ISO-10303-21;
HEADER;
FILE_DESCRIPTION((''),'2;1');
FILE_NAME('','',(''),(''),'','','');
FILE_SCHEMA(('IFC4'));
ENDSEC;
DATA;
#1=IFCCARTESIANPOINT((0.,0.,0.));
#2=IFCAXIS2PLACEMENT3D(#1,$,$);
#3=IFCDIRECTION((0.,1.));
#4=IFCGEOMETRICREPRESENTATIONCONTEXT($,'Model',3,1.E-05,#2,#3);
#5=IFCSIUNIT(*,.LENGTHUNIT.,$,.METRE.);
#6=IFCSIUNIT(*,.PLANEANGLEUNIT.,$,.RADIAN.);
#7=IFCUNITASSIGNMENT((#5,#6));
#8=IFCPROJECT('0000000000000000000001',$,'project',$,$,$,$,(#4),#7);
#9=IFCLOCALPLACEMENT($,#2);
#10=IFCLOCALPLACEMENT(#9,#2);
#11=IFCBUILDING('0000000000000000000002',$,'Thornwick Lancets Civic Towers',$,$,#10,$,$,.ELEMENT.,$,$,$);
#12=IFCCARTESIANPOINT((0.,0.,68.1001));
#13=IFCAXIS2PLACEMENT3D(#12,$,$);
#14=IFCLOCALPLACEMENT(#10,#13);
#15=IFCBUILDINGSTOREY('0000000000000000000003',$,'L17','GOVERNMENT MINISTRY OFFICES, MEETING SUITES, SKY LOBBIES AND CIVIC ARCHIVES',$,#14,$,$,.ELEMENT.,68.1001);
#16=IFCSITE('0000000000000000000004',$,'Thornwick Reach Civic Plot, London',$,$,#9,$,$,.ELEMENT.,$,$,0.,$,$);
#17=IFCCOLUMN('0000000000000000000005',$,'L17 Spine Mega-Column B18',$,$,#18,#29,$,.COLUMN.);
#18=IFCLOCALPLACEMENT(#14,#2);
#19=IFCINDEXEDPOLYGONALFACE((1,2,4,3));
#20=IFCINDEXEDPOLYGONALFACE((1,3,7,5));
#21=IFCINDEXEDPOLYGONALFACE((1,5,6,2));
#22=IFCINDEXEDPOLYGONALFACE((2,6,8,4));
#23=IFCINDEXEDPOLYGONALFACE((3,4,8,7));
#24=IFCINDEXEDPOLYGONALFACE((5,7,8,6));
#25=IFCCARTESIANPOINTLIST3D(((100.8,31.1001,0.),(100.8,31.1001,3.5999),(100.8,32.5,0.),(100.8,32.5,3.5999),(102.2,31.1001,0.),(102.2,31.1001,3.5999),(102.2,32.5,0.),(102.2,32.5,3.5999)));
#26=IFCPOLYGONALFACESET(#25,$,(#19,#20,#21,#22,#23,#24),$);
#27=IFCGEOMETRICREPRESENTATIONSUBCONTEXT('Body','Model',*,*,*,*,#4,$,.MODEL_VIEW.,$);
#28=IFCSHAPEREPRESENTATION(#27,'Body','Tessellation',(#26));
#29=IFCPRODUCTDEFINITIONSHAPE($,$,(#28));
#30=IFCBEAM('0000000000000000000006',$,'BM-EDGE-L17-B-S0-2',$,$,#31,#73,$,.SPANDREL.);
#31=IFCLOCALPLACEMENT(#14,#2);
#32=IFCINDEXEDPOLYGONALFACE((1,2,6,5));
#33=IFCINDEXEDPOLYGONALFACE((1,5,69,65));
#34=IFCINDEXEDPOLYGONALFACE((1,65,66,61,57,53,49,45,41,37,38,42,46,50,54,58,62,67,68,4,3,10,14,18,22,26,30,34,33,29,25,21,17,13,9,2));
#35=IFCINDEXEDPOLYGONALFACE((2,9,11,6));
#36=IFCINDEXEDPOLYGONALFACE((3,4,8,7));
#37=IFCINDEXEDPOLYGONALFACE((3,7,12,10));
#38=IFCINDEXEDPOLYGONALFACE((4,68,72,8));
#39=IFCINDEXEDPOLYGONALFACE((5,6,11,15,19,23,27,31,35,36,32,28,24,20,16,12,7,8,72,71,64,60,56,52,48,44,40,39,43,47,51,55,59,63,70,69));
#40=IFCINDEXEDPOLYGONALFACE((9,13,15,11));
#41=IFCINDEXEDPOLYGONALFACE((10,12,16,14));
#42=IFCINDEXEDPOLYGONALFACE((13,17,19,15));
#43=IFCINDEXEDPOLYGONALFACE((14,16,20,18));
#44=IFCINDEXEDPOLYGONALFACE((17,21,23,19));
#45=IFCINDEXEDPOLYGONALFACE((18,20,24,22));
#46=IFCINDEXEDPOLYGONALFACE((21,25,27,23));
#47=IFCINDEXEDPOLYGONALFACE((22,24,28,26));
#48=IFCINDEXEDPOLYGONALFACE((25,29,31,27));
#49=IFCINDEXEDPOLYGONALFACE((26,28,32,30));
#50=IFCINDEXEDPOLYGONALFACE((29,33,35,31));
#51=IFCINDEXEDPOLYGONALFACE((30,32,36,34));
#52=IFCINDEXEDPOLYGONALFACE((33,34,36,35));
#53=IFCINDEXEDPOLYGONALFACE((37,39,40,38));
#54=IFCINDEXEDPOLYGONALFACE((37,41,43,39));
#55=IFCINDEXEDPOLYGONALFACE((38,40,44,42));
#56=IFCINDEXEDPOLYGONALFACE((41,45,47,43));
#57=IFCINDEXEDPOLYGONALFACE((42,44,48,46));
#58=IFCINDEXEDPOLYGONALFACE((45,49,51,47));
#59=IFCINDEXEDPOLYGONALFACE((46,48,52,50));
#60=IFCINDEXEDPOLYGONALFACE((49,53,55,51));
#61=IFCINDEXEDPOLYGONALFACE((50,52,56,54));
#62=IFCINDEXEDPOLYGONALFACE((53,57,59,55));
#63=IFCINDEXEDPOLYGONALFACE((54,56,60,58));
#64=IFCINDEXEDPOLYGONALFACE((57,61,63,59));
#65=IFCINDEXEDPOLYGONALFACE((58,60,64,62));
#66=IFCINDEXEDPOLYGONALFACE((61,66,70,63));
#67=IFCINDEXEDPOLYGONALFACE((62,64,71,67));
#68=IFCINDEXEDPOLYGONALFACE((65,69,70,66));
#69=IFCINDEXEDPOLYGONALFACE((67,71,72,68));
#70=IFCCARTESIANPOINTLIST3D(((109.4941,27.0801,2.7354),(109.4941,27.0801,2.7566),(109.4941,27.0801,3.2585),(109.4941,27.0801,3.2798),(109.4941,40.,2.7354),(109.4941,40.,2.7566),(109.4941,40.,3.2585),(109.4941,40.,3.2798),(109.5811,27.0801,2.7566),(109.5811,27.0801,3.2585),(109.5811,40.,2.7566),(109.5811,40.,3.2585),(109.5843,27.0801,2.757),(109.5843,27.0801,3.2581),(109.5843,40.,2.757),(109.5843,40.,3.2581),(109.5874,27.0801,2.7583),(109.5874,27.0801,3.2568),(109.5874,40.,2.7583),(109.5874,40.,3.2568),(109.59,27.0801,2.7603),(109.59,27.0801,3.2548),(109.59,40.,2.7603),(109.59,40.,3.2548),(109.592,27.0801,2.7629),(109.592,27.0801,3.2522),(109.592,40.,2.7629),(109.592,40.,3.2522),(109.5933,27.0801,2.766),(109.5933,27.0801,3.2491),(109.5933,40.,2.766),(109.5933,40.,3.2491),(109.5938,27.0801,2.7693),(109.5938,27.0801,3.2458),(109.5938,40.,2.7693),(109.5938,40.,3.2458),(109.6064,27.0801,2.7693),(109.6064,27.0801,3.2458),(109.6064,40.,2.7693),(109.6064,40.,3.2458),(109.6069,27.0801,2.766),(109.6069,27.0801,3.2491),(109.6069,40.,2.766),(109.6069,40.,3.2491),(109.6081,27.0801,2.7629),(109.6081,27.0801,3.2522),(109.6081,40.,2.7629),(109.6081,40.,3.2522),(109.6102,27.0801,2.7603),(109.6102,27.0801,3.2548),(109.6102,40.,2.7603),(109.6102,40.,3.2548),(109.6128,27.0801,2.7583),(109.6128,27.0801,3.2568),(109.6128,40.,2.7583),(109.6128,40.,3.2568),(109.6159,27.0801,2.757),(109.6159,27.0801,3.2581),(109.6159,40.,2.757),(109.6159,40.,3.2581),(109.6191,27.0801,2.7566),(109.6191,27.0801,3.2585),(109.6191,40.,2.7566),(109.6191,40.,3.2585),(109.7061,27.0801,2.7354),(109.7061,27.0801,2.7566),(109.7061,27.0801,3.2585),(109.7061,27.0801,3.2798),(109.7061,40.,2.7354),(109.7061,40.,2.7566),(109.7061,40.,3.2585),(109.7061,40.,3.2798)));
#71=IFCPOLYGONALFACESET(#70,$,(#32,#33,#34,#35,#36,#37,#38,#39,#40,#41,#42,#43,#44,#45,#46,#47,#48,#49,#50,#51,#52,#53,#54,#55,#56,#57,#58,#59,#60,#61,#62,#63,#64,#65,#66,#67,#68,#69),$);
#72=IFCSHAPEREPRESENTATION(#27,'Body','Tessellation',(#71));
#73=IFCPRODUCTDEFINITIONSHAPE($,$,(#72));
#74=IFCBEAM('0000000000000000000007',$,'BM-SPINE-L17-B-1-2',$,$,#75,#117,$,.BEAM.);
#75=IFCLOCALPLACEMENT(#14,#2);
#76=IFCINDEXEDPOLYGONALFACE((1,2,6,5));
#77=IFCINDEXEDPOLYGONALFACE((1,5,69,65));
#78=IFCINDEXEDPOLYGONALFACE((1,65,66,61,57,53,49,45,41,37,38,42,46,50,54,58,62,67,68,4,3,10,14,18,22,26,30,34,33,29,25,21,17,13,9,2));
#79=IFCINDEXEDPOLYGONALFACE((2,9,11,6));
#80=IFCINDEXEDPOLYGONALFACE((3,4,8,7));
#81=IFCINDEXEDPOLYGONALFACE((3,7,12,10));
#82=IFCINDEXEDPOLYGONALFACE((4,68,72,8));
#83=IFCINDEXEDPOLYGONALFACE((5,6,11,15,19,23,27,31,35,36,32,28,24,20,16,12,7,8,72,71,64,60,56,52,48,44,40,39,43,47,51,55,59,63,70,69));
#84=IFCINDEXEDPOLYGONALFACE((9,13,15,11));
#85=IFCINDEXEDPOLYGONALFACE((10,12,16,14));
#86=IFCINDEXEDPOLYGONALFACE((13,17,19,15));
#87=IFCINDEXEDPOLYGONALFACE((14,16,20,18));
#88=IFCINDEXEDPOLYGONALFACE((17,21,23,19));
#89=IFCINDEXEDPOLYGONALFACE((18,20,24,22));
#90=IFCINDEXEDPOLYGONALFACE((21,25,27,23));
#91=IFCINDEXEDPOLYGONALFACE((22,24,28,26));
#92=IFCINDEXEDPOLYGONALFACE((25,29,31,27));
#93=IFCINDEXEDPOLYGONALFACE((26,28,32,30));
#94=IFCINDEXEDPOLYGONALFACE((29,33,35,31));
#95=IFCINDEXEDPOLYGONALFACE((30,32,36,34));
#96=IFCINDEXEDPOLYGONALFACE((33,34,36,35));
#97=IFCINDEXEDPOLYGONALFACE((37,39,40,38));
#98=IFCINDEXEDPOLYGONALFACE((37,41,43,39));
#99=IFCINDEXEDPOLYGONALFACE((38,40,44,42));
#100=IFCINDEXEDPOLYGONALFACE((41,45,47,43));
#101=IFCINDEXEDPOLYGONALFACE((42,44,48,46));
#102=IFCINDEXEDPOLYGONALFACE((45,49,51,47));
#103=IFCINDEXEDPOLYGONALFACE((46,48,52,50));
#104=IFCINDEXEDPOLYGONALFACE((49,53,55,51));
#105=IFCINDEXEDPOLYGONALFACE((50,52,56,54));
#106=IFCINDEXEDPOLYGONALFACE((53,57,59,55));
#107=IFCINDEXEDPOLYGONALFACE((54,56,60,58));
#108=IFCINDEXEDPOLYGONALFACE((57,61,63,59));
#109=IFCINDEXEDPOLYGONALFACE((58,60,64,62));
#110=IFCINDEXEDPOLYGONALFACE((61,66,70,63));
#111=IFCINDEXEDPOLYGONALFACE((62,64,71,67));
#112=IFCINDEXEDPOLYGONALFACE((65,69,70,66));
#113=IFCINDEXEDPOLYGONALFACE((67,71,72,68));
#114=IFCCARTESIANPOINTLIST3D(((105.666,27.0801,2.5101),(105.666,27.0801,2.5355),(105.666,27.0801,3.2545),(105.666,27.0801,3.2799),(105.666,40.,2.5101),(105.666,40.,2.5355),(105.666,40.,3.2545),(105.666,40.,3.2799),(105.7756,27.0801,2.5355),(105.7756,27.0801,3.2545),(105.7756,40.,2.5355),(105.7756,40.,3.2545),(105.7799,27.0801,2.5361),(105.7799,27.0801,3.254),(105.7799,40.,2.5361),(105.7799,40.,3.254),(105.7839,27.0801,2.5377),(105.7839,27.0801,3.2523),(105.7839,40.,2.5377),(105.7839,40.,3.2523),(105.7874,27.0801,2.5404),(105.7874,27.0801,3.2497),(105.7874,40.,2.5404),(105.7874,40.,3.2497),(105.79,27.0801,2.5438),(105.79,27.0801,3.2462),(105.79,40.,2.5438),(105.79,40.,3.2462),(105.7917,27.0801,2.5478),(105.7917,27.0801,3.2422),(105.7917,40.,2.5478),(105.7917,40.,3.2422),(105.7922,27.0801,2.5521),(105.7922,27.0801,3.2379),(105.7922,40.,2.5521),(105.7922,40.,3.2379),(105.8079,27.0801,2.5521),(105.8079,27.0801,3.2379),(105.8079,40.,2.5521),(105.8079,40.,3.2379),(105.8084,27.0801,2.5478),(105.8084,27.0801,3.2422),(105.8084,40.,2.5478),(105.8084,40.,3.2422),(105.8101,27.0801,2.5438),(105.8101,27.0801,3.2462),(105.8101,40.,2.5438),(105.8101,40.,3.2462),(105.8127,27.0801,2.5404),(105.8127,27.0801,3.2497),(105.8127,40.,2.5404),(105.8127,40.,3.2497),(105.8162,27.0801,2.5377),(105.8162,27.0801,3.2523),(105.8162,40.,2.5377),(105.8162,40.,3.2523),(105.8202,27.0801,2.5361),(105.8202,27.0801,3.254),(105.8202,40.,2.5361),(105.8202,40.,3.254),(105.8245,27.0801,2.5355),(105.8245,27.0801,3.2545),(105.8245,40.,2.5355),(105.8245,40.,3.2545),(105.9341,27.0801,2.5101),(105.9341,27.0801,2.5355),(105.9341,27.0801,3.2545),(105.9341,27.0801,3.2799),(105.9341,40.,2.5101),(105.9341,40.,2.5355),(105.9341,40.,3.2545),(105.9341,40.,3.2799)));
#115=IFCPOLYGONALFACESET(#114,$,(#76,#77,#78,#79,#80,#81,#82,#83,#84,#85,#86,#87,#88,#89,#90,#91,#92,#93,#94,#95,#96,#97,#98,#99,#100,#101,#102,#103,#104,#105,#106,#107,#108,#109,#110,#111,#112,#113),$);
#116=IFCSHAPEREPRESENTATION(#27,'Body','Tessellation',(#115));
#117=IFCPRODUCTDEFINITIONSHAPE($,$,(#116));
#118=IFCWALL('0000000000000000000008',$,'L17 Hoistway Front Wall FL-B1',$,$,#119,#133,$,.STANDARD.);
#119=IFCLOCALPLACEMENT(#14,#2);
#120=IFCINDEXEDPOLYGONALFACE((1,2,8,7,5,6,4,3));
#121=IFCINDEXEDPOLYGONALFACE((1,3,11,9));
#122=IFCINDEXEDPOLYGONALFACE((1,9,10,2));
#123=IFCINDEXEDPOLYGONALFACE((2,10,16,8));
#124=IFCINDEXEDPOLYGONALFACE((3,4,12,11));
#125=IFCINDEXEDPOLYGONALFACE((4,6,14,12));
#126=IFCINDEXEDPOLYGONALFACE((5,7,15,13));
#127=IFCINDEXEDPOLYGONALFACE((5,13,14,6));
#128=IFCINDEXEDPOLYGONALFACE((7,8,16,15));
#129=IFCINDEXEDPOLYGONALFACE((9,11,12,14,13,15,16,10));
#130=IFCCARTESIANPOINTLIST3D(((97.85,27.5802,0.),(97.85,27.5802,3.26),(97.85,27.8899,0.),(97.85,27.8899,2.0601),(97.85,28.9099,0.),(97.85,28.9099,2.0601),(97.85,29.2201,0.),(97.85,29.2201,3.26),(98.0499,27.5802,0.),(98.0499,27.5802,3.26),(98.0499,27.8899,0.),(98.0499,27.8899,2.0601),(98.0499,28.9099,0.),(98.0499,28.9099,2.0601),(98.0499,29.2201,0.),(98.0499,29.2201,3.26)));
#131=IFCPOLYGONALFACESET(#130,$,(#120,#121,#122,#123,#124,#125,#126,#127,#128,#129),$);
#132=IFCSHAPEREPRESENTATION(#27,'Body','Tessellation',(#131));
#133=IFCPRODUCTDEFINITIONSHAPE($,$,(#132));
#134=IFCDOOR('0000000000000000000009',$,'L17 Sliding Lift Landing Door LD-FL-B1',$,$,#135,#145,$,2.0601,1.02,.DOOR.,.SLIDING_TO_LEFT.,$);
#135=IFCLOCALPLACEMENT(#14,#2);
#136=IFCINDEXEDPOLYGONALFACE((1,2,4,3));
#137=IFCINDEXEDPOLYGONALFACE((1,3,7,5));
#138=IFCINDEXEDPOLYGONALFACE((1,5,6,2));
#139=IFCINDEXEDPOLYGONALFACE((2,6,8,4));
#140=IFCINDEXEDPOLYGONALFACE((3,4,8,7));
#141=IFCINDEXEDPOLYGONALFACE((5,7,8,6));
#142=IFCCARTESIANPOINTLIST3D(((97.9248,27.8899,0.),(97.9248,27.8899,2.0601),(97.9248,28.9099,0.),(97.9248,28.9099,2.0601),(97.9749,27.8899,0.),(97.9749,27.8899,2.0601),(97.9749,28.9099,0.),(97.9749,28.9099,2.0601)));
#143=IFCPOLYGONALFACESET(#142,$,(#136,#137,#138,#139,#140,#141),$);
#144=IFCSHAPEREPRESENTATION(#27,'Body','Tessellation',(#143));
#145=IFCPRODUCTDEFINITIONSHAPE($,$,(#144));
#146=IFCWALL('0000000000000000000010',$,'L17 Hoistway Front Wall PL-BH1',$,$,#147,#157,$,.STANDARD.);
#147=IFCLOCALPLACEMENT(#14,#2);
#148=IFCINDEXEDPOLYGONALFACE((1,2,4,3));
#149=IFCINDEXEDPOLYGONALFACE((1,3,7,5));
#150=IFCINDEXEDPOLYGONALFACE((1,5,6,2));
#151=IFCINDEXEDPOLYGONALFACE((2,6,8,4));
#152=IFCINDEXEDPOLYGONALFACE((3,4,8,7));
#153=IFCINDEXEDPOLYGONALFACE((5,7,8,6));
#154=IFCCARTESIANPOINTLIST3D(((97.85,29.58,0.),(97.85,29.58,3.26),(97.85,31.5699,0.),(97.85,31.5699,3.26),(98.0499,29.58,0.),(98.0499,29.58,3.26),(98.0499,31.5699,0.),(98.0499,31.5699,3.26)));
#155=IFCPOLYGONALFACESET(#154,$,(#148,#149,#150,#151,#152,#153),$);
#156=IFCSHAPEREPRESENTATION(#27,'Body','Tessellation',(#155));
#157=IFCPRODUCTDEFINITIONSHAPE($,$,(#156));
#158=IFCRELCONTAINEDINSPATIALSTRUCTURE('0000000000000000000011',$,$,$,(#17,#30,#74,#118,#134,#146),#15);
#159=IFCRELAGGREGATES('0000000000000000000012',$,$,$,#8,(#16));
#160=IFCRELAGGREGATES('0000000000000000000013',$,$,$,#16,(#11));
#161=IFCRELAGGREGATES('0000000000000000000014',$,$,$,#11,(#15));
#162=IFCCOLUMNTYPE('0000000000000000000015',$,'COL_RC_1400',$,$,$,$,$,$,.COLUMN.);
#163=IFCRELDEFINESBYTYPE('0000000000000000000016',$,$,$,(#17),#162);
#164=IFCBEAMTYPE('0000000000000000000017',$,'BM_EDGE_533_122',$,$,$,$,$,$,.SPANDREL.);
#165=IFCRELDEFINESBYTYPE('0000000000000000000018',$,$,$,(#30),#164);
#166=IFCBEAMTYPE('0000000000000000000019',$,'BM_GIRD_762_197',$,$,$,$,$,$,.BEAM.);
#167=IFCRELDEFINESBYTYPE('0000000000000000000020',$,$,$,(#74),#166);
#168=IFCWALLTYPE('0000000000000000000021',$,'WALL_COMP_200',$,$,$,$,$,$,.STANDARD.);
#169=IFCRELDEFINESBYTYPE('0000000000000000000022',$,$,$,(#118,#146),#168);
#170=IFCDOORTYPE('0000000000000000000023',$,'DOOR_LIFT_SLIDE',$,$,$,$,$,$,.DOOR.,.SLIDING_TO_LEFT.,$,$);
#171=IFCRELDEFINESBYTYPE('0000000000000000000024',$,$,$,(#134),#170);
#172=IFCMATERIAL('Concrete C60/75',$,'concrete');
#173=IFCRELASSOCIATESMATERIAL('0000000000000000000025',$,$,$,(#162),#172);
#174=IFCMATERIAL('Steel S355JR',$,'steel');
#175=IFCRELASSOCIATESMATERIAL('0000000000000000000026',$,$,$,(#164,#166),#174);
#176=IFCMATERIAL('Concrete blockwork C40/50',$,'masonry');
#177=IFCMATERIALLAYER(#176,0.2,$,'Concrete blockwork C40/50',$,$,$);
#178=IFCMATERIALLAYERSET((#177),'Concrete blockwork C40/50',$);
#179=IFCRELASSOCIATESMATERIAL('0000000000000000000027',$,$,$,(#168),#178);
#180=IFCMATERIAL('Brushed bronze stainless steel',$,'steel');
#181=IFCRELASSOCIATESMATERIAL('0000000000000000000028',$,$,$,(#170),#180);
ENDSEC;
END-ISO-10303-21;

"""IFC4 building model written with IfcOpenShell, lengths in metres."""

from ifc_helpers import new_model, si_unit, direction, frame, frame_2d, origin, origin_2d, place, context, subcontext, project, spatial, rectangle, i_section, extrude, material, layer, layer_set, material_profile, profile_set, type_object, element, fill, save


model = new_model("IFC4")

# Units and contexts
model_context = context("Model", 3, precision=1e-05, world=origin(), true_north=direction((0.0, 1.0)))
body_context = subcontext(model_context, "Body", "Model", "MODEL_VIEW")
ifc_project = project(units=[si_unit("LENGTHUNIT", "METRE"), si_unit("PLANEANGLEUNIT", "RADIAN")], contexts=[model_context])

# Site, building, storey
site_placement = place(None, origin())
site = spatial("IfcSite", under=ifc_project, at=site_placement, Name="Thornwick Reach Civic Plot, London", CompositionType="ELEMENT", RefElevation=0.0)
building_placement = place(site_placement, origin())
building = spatial("IfcBuilding", under=site, at=building_placement, Name="Thornwick Lancets Civic Towers", CompositionType="ELEMENT")
storey_placement = place(building_placement, frame((0.0, 0.0, 68.1001)))
storey = spatial("IfcBuildingStorey", under=building, at=storey_placement, Name="L17", Description="GOVERNMENT MINISTRY OFFICES, MEETING SUITES, SKY LOBBIES AND CIVIC ARCHIVES", CompositionType="ELEMENT", Elevation=68.1001)

# Column
ifc_material_1 = material(Name="Concrete C60/75", Category="concrete")
ifc_material_profile_1 = material_profile(ifc_material_1, rectangle(XDim=1.3999, YDim=1.3999, at=origin_2d()), Name="RC 1400x1400")
ifc_profile_set_1 = profile_set([ifc_material_profile_1], Name="Concrete C60/75")
column_type = type_object("IfcColumnType", Name="COL_RC_1400", PredefinedType="COLUMN", material=ifc_profile_set_1)
column_placement = place(storey_placement, frame((101.5, 31.8, 0.0), z_axis=(0.0, 0.0, 1.0), x_axis=(1.0, 0.0, 0.0)))
element("IfcColumn", 1, at=column_placement, inside=storey, type_object=column_type, Name="L17 Spine Mega-Column B18", PredefinedType="COLUMN", context=body_context, shape_type="SweptSolid", body=[
    extrude(rectangle(XDim=1.3999, YDim=1.3999, at=origin_2d()), origin(), (0.0, 0.0, 1.0), 3.5999),
])

# Beams
ifc_material_2 = material(Name="Steel S355JR", Category="steel")
ifc_material_profile_2 = material_profile(ifc_material_2, i_section(OverallWidth=0.2119, OverallDepth=0.5444, WebThickness=0.0127, FlangeThickness=0.0212, FilletRadius=0.0127, at=origin_2d()), Name="UKB 533x210x122")
ifc_profile_set_2 = profile_set([ifc_material_profile_2], Name="Steel S355JR")
beam_type_1 = type_object("IfcBeamType", Name="BM_EDGE_533_122", PredefinedType="SPANDREL", material=ifc_profile_set_2)
beam_1_placement = place(storey_placement, frame((109.6001, 27.0801, 3.0076), z_axis=(0.0, 1.0, 0.0), x_axis=(-1.0, 0.0, 0.0)))
element("IfcBeam", 2, at=beam_1_placement, inside=storey, type_object=beam_type_1, Name="BM-EDGE-L17-B-S0-2", PredefinedType="SPANDREL", context=body_context, shape_type="SweptSolid", body=[
    extrude(i_section(OverallWidth=0.2119, OverallDepth=0.5444, WebThickness=0.0127, FlangeThickness=0.0212, FilletRadius=0.0127, at=origin_2d()), origin(), (0.0, 0.0, 1.0), 12.9199),
])
ifc_material_profile_3 = material_profile(ifc_material_2, i_section(OverallWidth=0.2681, OverallDepth=0.7698, WebThickness=0.0156, FlangeThickness=0.0254, FilletRadius=0.0166, at=origin_2d()), Name="UKB 762x267x197")
ifc_profile_set_3 = profile_set([ifc_material_profile_3], Name="Steel S355JR")
beam_type_2 = type_object("IfcBeamType", Name="BM_GIRD_762_197", PredefinedType="BEAM", material=ifc_profile_set_3)
beam_2_placement = place(storey_placement, frame((105.8, 27.0801, 2.895), z_axis=(0.0, 1.0, 0.0), x_axis=(-1.0, 0.0, 0.0)))
element("IfcBeam", 3, at=beam_2_placement, inside=storey, type_object=beam_type_2, Name="BM-SPINE-L17-B-1-2", PredefinedType="BEAM", context=body_context, shape_type="SweptSolid", body=[
    extrude(i_section(OverallWidth=0.2681, OverallDepth=0.7698, WebThickness=0.0156, FlangeThickness=0.0254, FilletRadius=0.0166, at=origin_2d()), origin(), (0.0, 0.0, 1.0), 12.9199),
])

# Wall, opening, door
ifc_material_3 = material(Name="Concrete blockwork C40/50", Category="masonry")
ifc_layer_1 = layer(ifc_material_3, 0.2, Name="Concrete blockwork C40/50")
ifc_layer_set_1 = layer_set([ifc_layer_1], Name="Concrete blockwork C40/50")
wall_type_1 = type_object("IfcWallType", Name="WALL_COMP_200", PredefinedType="STANDARD", material=ifc_layer_set_1)
wall_1_placement = place(storey_placement, frame((97.95, 29.22, 0.0), z_axis=(0.0, 0.0, 1.0), x_axis=(0.0, -1.0, 0.0)))
wall_1 = element("IfcWall", 4, at=wall_1_placement, inside=storey, type_object=wall_type_1, Name="L17 Hoistway Front Wall FL-B1", PredefinedType="STANDARD", context=body_context, shape_type="SweptSolid", body=[
    extrude(rectangle(XDim=1.6399, YDim=0.2, at=frame_2d((0.8198, 0.0))), origin(), (0.0, 0.0, 1.0), 3.26),
])
opening_1_placement = place(wall_1_placement, frame((0.3101, 0.0, 0.0)))
opening_1 = element("IfcOpeningElement", 5, at=opening_1_placement, cuts=wall_1, PredefinedType="OPENING", context=body_context, shape_type="SweptSolid", body=[
    extrude(rectangle(XDim=1.02, YDim=2.0601, at=frame_2d((0.51, 1.03))), frame((0.0, 0.1099, 0.0), z_axis=(0.0, -1.0, 0.0), x_axis=(1.0, 0.0, 0.0)), (0.0, 0.0, 1.0), 0.22),
])
ifc_material_4 = material(Name="Brushed bronze stainless steel", Category="steel")
door_type_1 = type_object("IfcDoorType", Name="DOOR_LIFT_SLIDE", OperationType="SLIDING_TO_LEFT", PredefinedType="DOOR", material=ifc_material_4)
door_1_placement = place(opening_1_placement, origin())
door_1 = element("IfcDoor", 6, at=door_1_placement, inside=storey, type_object=door_type_1, Name="L17 Sliding Lift Landing Door LD-FL-B1", OperationType="SLIDING_TO_LEFT", OverallHeight=2.0601, OverallWidth=1.02, PredefinedType="DOOR", context=body_context, shape_type="SweptSolid", body=[
    extrude(rectangle(XDim=1.02, YDim=2.0601, at=frame_2d((0.51, 1.03))), frame((0.0, 0.0249, 0.0), z_axis=(0.0, -1.0, 0.0), x_axis=(1.0, 0.0, 0.0)), (0.0, 0.0, 1.0), 0.05),
])
fill(opening_1, door_1)

# Wall
wall_2_placement = place(storey_placement, frame((97.95, 31.5701, 0.0), z_axis=(0.0, 0.0, 1.0), x_axis=(0.0, -1.0, 0.0)))
element("IfcWall", 7, at=wall_2_placement, inside=storey, type_object=wall_type_1, Name="L17 Hoistway Front Wall PL-BH1", PredefinedType="STANDARD", context=body_context, shape_type="SweptSolid", body=[
    extrude(rectangle(XDim=1.99, YDim=0.2, at=frame_2d((0.9951, 0.0))), origin(), (0.0, 0.0, 1.0), 3.26),
])

save(model, "model.ifc")
